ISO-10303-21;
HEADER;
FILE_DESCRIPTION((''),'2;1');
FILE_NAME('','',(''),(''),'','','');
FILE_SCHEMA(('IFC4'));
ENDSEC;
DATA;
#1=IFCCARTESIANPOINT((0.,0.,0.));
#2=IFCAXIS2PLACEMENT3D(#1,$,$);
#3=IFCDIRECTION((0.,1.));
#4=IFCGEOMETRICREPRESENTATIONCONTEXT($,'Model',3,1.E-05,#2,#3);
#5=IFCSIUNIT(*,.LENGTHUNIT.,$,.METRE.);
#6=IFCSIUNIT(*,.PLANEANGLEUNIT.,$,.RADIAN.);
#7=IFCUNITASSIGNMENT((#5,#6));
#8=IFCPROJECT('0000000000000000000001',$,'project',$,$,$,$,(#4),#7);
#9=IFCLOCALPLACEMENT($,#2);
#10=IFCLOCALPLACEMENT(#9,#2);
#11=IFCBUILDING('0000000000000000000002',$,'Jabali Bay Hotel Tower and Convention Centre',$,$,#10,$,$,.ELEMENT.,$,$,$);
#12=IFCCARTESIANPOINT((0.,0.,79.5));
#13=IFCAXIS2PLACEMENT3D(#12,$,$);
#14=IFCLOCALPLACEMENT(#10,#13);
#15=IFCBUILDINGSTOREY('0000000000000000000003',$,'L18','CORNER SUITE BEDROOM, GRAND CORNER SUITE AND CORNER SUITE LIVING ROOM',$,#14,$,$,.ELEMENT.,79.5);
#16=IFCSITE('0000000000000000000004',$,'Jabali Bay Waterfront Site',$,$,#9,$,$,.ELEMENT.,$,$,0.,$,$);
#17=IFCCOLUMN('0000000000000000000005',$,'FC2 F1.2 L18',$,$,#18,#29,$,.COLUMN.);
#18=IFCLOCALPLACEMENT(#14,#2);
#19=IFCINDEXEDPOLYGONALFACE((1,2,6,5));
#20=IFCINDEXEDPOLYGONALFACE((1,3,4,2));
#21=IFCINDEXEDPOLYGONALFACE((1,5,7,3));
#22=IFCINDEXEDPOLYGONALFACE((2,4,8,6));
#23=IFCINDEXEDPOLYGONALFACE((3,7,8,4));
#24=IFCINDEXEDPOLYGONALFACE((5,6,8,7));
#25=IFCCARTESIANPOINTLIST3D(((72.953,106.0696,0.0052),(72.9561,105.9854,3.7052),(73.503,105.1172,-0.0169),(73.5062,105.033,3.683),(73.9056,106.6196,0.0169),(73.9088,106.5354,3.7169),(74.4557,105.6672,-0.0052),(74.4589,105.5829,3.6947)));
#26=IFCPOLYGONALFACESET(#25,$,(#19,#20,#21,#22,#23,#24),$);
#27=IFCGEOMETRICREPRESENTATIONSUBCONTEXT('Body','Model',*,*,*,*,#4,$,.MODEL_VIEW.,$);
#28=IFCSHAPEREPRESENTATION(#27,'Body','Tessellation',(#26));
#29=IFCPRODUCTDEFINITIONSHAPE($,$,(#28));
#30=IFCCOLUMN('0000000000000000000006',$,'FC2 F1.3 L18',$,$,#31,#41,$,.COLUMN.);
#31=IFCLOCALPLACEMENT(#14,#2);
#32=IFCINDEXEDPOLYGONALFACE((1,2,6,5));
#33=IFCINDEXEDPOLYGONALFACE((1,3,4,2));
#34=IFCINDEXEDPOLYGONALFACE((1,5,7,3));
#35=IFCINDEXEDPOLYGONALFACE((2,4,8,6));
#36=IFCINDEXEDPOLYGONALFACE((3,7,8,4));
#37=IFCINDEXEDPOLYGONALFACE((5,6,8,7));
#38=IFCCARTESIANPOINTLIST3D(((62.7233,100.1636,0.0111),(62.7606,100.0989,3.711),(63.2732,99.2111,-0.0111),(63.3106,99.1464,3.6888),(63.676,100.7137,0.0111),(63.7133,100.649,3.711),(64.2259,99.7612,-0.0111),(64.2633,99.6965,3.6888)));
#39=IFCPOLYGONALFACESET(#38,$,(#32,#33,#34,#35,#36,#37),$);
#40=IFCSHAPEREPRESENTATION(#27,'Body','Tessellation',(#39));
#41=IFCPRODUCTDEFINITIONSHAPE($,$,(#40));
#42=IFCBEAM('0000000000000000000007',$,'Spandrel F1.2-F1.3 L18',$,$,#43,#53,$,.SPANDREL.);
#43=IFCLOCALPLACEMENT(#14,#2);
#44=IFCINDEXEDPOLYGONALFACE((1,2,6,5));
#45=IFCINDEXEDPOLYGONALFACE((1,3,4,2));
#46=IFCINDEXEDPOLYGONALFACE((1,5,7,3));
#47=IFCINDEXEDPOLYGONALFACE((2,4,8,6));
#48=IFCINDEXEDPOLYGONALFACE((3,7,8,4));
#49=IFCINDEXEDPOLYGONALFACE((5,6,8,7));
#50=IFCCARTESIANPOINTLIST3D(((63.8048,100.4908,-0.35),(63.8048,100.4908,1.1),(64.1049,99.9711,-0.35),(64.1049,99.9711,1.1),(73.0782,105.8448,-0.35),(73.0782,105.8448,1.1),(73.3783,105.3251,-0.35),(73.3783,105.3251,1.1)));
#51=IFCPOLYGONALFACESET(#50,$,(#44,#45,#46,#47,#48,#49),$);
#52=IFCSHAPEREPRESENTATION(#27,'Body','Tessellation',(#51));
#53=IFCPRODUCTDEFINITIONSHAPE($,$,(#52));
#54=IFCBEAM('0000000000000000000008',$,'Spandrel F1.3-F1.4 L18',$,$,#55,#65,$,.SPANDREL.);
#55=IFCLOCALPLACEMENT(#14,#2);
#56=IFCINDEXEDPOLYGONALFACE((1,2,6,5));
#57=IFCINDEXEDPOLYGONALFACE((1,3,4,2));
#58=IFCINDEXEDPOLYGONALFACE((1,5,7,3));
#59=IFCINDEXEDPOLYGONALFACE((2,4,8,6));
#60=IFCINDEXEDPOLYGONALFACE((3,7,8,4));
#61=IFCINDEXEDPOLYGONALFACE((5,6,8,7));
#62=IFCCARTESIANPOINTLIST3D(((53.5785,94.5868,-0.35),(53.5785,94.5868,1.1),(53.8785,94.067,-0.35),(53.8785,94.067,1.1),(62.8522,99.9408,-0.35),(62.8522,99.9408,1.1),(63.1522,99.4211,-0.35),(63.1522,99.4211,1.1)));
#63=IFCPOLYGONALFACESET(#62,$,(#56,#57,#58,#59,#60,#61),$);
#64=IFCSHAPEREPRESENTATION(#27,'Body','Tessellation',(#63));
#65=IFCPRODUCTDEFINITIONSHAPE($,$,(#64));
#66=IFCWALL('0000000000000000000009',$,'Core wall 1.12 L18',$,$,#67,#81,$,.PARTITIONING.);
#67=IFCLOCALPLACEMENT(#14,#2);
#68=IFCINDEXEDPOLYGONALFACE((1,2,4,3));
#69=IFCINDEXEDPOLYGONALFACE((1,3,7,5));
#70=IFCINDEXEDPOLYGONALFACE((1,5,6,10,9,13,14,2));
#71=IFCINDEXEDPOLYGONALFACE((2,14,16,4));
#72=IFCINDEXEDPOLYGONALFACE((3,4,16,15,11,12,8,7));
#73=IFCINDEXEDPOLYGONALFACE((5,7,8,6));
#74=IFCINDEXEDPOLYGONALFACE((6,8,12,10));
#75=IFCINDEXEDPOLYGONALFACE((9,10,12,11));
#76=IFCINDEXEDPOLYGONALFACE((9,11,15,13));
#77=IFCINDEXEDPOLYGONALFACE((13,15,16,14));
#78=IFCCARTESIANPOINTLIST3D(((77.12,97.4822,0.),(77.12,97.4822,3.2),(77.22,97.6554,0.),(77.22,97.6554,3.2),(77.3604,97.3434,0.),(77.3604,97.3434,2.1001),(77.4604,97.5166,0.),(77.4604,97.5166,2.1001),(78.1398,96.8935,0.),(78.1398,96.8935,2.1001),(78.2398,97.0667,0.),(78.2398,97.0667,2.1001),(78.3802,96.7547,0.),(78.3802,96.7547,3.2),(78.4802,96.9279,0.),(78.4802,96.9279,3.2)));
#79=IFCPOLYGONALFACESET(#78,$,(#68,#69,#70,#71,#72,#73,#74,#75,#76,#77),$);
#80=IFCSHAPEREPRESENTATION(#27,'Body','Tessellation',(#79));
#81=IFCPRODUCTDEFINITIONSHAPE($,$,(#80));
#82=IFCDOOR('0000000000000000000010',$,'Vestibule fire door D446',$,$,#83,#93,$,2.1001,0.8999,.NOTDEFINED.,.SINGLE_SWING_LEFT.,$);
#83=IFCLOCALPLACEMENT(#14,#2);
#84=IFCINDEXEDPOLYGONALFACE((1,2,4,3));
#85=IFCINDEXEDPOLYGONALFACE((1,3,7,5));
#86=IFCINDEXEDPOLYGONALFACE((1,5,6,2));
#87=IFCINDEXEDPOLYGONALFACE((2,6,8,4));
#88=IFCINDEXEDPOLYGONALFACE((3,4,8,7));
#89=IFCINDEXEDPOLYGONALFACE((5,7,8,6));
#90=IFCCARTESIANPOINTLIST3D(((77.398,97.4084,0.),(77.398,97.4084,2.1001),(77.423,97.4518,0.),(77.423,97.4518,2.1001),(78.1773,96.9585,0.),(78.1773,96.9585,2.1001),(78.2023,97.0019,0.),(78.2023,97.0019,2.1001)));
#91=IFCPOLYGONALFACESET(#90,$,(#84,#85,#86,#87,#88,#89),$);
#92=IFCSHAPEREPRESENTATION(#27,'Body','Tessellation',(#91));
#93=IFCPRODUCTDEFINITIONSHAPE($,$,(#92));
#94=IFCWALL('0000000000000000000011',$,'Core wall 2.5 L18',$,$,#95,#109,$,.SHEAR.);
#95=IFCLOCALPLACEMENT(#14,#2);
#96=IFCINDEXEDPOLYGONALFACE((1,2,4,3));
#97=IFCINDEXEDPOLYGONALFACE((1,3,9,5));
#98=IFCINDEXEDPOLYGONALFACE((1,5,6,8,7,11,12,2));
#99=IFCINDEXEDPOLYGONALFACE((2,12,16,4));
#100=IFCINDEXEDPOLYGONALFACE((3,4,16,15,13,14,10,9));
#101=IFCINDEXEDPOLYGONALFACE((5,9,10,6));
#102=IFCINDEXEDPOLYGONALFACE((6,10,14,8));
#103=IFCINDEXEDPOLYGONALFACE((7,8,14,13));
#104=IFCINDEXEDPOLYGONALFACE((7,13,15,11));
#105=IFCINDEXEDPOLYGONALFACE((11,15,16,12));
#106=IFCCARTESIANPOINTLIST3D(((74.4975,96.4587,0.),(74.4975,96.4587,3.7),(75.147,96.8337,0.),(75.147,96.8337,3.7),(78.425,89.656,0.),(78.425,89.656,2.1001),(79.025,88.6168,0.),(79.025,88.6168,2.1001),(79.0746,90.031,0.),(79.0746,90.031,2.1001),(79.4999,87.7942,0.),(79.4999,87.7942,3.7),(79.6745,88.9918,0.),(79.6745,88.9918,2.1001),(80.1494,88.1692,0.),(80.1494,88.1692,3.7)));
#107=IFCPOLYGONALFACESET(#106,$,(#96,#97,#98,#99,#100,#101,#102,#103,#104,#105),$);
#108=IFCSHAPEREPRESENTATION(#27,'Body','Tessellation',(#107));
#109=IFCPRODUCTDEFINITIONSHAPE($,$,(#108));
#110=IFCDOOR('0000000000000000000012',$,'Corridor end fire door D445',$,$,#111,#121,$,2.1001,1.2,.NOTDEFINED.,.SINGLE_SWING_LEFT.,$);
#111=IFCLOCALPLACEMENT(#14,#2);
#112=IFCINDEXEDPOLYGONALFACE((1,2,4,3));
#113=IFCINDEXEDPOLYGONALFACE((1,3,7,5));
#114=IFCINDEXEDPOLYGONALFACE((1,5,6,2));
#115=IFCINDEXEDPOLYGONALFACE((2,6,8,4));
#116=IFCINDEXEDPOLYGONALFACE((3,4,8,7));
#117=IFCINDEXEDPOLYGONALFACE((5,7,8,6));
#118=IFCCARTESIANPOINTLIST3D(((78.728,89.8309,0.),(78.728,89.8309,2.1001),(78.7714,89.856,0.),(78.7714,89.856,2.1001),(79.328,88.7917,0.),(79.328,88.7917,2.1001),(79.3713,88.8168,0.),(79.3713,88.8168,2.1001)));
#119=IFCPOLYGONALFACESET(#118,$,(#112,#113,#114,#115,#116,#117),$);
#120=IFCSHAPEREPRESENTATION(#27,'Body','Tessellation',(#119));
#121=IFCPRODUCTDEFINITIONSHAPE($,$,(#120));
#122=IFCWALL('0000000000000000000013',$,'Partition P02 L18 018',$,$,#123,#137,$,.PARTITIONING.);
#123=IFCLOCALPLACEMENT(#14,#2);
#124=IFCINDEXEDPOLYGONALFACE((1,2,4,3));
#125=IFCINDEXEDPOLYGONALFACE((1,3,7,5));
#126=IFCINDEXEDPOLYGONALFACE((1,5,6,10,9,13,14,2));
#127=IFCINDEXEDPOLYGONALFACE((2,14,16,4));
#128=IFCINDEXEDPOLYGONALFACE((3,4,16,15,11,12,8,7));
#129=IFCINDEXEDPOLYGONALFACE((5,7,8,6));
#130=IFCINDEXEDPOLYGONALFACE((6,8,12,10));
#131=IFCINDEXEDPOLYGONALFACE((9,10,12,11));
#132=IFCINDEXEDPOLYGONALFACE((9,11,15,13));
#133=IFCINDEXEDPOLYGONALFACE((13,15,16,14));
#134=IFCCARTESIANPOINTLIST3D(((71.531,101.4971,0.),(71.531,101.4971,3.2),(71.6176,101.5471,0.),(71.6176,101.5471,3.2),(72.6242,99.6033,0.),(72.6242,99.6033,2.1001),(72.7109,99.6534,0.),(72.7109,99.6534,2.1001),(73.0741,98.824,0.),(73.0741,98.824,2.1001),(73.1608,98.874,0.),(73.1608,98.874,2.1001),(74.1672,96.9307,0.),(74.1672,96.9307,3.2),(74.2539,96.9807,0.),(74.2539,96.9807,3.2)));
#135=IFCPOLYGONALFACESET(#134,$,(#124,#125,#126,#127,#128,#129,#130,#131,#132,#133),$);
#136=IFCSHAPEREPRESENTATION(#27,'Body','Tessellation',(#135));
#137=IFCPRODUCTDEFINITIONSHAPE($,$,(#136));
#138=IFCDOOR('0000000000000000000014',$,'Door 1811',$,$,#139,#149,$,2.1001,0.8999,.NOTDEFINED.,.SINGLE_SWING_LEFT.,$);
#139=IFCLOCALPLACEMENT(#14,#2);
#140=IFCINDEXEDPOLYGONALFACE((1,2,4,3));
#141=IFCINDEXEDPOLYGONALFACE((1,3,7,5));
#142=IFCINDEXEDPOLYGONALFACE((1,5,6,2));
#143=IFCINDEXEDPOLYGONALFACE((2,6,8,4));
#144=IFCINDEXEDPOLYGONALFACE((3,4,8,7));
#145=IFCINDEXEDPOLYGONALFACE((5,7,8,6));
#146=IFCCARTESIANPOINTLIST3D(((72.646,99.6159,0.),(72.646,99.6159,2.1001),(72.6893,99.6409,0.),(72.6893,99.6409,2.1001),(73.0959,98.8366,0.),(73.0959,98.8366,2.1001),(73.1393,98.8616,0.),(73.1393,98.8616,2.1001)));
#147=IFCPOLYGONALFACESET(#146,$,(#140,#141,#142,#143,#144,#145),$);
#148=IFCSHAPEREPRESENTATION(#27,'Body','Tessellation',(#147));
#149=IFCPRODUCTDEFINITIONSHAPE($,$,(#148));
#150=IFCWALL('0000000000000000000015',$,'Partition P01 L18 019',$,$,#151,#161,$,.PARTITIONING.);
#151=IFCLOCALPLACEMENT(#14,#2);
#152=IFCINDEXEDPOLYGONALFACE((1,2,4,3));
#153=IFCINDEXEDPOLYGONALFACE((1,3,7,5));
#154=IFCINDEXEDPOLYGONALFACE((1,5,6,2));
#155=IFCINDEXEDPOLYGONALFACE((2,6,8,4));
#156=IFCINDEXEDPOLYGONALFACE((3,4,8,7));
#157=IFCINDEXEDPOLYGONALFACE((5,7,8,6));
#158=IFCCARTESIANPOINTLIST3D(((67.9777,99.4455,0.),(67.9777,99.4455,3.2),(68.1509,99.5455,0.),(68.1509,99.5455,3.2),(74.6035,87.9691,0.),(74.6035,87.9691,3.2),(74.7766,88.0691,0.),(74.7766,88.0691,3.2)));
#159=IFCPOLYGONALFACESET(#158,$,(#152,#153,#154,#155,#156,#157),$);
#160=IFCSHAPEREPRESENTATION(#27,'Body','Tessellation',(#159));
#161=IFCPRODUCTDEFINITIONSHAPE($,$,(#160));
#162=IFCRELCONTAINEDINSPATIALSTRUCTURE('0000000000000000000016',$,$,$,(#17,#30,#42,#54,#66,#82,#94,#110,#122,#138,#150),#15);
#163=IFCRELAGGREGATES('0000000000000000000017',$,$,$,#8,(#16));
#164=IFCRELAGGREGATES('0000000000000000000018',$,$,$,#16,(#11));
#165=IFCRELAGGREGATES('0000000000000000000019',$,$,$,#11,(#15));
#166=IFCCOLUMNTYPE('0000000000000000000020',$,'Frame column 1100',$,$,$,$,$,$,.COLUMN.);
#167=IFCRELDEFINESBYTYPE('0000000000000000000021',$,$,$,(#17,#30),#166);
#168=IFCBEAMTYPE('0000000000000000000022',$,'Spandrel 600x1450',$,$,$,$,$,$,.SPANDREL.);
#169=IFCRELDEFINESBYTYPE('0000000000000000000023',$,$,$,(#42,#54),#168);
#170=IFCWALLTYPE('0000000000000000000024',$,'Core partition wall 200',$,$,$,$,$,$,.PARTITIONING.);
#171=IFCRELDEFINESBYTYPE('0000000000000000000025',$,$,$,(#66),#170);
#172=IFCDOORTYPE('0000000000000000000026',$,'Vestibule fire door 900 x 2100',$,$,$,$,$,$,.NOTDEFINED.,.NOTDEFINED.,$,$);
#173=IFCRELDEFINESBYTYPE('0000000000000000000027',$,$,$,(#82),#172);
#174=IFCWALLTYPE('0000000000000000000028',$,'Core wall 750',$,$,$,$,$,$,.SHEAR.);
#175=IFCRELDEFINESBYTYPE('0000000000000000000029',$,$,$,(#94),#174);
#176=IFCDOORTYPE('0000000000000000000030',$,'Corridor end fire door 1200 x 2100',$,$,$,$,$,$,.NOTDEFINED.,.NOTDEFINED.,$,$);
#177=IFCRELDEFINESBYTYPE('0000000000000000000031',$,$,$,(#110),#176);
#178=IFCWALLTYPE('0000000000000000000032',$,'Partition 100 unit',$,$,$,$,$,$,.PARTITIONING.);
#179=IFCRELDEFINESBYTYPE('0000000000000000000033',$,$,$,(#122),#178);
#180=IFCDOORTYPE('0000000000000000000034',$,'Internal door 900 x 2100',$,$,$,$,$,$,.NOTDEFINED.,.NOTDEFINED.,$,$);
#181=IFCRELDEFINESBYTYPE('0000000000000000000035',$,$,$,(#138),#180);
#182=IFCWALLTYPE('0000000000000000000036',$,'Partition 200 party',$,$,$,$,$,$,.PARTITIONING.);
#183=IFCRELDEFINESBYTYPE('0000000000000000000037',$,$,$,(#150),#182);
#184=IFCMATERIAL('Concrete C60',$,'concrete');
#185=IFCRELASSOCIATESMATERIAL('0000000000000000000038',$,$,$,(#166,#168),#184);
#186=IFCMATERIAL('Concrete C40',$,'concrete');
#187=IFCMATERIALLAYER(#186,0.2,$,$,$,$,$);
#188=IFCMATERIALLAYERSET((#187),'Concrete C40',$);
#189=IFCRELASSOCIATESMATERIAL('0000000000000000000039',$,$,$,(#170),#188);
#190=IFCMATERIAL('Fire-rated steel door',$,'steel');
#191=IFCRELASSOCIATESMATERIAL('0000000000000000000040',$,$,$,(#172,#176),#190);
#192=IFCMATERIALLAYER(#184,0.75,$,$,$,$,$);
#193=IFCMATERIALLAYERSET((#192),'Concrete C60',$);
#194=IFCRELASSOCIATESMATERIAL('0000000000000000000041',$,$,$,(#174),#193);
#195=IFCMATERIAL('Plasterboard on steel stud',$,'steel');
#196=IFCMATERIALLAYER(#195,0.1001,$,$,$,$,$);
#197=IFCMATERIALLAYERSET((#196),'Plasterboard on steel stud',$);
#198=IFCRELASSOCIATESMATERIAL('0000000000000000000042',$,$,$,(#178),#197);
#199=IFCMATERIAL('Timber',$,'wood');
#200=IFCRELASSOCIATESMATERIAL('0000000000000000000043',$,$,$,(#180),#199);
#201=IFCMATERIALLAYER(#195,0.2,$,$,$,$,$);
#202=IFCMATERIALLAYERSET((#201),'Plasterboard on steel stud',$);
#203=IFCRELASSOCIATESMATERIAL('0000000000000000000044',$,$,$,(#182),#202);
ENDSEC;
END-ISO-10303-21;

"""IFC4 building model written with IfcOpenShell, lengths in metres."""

from ifc_helpers import new_model, si_unit, direction, frame, frame_2d, origin, origin_2d, place, context, subcontext, project, spatial, rectangle, extrude, material, layer, layer_set, material_profile, profile_set, type_object, element, fill, save


model = new_model("IFC4")

# Units and contexts
model_context = context("Model", 3, precision=1e-05, world=origin(), true_north=direction((0.0, 1.0)))
body_context = subcontext(model_context, "Body", "Model", "MODEL_VIEW")
ifc_project = project(units=[si_unit("LENGTHUNIT", "METRE"), si_unit("PLANEANGLEUNIT", "RADIAN")], contexts=[model_context])

# Site, building, storey
site_placement = place(None, origin())
site = spatial("IfcSite", under=ifc_project, at=site_placement, Name="Jabali Bay Waterfront Site", CompositionType="ELEMENT", RefElevation=0.0)
building_placement = place(site_placement, origin())
building = spatial("IfcBuilding", under=site, at=building_placement, Name="Jabali Bay Hotel Tower and Convention Centre", CompositionType="ELEMENT")
storey_placement = place(building_placement, frame((0.0, 0.0, 79.5)))
storey = spatial("IfcBuildingStorey", under=building, at=storey_placement, Name="L18", Description="CORNER SUITE BEDROOM, GRAND CORNER SUITE AND CORNER SUITE LIVING ROOM", CompositionType="ELEMENT", Elevation=79.5)

# Columns
ifc_material_1 = material(Name="Concrete C60", Category="concrete")
ifc_material_profile_1 = material_profile(ifc_material_1, rectangle(XDim=1.1001, YDim=1.1001, at=origin_2d()), Name="Frame column 1100")
ifc_profile_set_1 = profile_set([ifc_material_profile_1], Name="Concrete C60")
column_type = type_object("IfcColumnType", Name="Frame column 1100", PredefinedType="COLUMN", material=ifc_profile_set_1)
column_1_placement = place(storey_placement, frame((73.7043, 105.8684, 0.0), z_axis=(0.000858, -0.022759, 0.999741), x_axis=(0.866006, 0.49992, 0.010638)))
element("IfcColumn", 1, at=column_1_placement, inside=storey, type_object=column_type, Name="FC2 F1.2 L18", PredefinedType="COLUMN", context=body_context, shape_type="SweptSolid", body=[
    extrude(rectangle(XDim=1.1001, YDim=1.1001, at=origin_2d()), origin(), (0.0, 0.0, 1.0), 3.7009),
])
column_2_placement = place(storey_placement, frame((63.4746, 99.9624, 0.0), z_axis=(0.010094, -0.017482, 0.999796), x_axis=(0.86602, 0.500009, 0.0)))
element("IfcColumn", 2, at=column_2_placement, inside=storey, type_object=column_type, Name="FC2 F1.3 L18", PredefinedType="COLUMN", context=body_context, shape_type="SweptSolid", body=[
    extrude(rectangle(XDim=1.1001, YDim=1.1001, at=origin_2d()), origin(), (0.0, 0.0, 1.0), 3.7007),
])

# Beams
ifc_material_profile_2 = material_profile(ifc_material_1, rectangle(XDim=0.6001, YDim=1.45, at=origin_2d()), Name="Spandrel 600x1450")
ifc_profile_set_2 = profile_set([ifc_material_profile_2], Name="Concrete C60")
beam_type = type_object("IfcBeamType", Name="Spandrel 600x1450", PredefinedType="SPANDREL", material=ifc_profile_set_2)
beam_1_placement = place(storey_placement, frame((73.2283, 105.585, 0.375), z_axis=(-0.866026, -0.499999, 0.0), x_axis=(0.499999, -0.866026, 0.0)))
element("IfcBeam", 3, at=beam_1_placement, inside=storey, type_object=beam_type, Name="Spandrel F1.2-F1.3 L18", PredefinedType="SPANDREL", context=body_context, shape_type="SweptSolid", body=[
    extrude(rectangle(XDim=0.6001, YDim=1.45, at=origin_2d()), origin(), (0.0, 0.0, 1.0), 10.708),
])
beam_2_placement = place(storey_placement, frame((63.0022, 99.6809, 0.375), z_axis=(-0.866032, -0.499989, 0.0), x_axis=(0.499989, -0.866032, 0.0)))
element("IfcBeam", 4, at=beam_2_placement, inside=storey, type_object=beam_type, Name="Spandrel F1.3-F1.4 L18", PredefinedType="SPANDREL", context=body_context, shape_type="SweptSolid", body=[
    extrude(rectangle(XDim=0.6001, YDim=1.45, at=origin_2d()), origin(), (0.0, 0.0, 1.0), 10.7083),
])

# Walls, openings, doors
ifc_material_2 = material(Name="Concrete C40", Category="concrete")
ifc_layer_1 = layer(ifc_material_2, 0.2)
ifc_layer_set_1 = layer_set([ifc_layer_1], Name="Concrete C40")
wall_type_1 = type_object("IfcWallType", Name="Core partition wall 200", PredefinedType="PARTITIONING", material=ifc_layer_set_1)
wall_1_placement = place(storey_placement, frame((78.4302, 96.8413, 0.0), z_axis=(0.0, 0.0, 1.0), x_axis=(-0.866046, 0.499965, 0.0)))
wall_1 = element("IfcWall", 5, at=wall_1_placement, inside=storey, type_object=wall_type_1, Name="Core wall 1.12 L18", PredefinedType="PARTITIONING", context=body_context, shape_type="SweptSolid", body=[
    extrude(rectangle(XDim=1.4551, YDim=0.2, at=frame_2d((0.7275, 0.0))), origin(), (0.0, 0.0, 1.0), 3.2),
])
opening_1_placement = place(wall_1_placement, frame((0.2776, 0.0, 0.0)))
opening_1 = element("IfcOpeningElement", 6, at=opening_1_placement, cuts=wall_1, PredefinedType="OPENING", context=body_context, shape_type="SweptSolid", body=[
    extrude(rectangle(XDim=0.8999, YDim=2.1001, at=frame_2d((0.45, 1.05))), frame((0.0, 0.1104, 0.0), z_axis=(0.0, -1.0, 0.0), x_axis=(1.0, 0.0, 0.0)), (0.0, 0.0, 1.0), 0.2209),
])
ifc_material_3 = material(Name="Fire-rated steel door", Category="steel")
door_type_1 = type_object("IfcDoorType", Name="Vestibule fire door 900 x 2100", OperationType="NOTDEFINED", PredefinedType="NOTDEFINED", material=ifc_material_3)
door_1_placement = place(opening_1_placement, origin())
door_1 = element("IfcDoor", 7, at=door_1_placement, inside=storey, type_object=door_type_1, Name="Vestibule fire door D446", OperationType="SINGLE_SWING_LEFT", OverallHeight=2.1001, OverallWidth=0.8999, PredefinedType="NOTDEFINED", context=body_context, shape_type="SweptSolid", body=[
    extrude(rectangle(XDim=0.8999, YDim=2.1001, at=frame_2d((0.45, 1.05))), frame((0.0, 0.0249, 0.0), z_axis=(0.0, -1.0, 0.0), x_axis=(1.0, 0.0, 0.0)), (0.0, 0.0, 1.0), 0.05),
])
fill(opening_1, door_1)
ifc_layer_2 = layer(ifc_material_1, 0.75)
ifc_layer_set_2 = layer_set([ifc_layer_2], Name="Concrete C60")
wall_type_2 = type_object("IfcWallType", Name="Core wall 750", PredefinedType="SHEAR", material=ifc_layer_set_2)
wall_2_placement = place(storey_placement, frame((74.8223, 96.6462, 0.0), z_axis=(0.0, 0.0, 1.0), x_axis=(0.499997, -0.866027, 0.0)))
wall_2 = element("IfcWall", 8, at=wall_2_placement, inside=storey, type_object=wall_type_2, Name="Core wall 2.5 L18", PredefinedType="SHEAR", context=body_context, shape_type="SweptSolid", body=[
    extrude(rectangle(XDim=10.0049, YDim=0.75, at=frame_2d((5.0024, 0.0))), origin(), (0.0, 0.0, 1.0), 3.7),
])
opening_2_placement = place(wall_2_placement, frame((7.855, 0.0, 0.0)))
opening_2 = element("IfcOpeningElement", 9, at=opening_2_placement, cuts=wall_2, PredefinedType="OPENING", context=body_context, shape_type="SweptSolid", body=[
    extrude(rectangle(XDim=1.2, YDim=2.1001, at=frame_2d((0.6001, 1.05))), frame((0.0, 0.3855, 0.0), z_axis=(0.0, -1.0, 0.0), x_axis=(1.0, 0.0, 0.0)), (0.0, 0.0, 1.0), 0.771),
])
door_type_2 = type_object("IfcDoorType", Name="Corridor end fire door 1200 x 2100", OperationType="NOTDEFINED", PredefinedType="NOTDEFINED", material=ifc_material_3)
door_2_placement = place(opening_2_placement, origin())
door_2 = element("IfcDoor", 10, at=door_2_placement, inside=storey, type_object=door_type_2, Name="Corridor end fire door D445", OperationType="SINGLE_SWING_LEFT", OverallHeight=2.1001, OverallWidth=1.2, PredefinedType="NOTDEFINED", context=body_context, shape_type="SweptSolid", body=[
    extrude(rectangle(XDim=1.2, YDim=2.1001, at=frame_2d((0.6001, 1.05))), frame((0.0, 0.0249, 0.0), z_axis=(0.0, -1.0, 0.0), x_axis=(1.0, 0.0, 0.0)), (0.0, 0.0, 1.0), 0.05),
])
fill(opening_2, door_2)
ifc_material_4 = material(Name="Plasterboard on steel stud", Category="steel")
ifc_layer_3 = layer(ifc_material_4, 0.1001)
ifc_layer_set_3 = layer_set([ifc_layer_3], Name="Plasterboard on steel stud")
wall_type_3 = type_object("IfcWallType", Name="Partition 100 unit", PredefinedType="PARTITIONING", material=ifc_layer_set_3)
wall_3_placement = place(storey_placement, frame((74.2104, 96.9558, 0.0), z_axis=(0.0, 0.0, 1.0), x_axis=(-0.499974, 0.866041, 0.0)))
wall_3 = element("IfcWall", 11, at=wall_3_placement, inside=storey, type_object=wall_type_3, Name="Partition P02 L18 018", PredefinedType="PARTITIONING", context=body_context, shape_type="SweptSolid", body=[
    extrude(rectangle(XDim=5.2727, YDim=0.1001, at=frame_2d((2.6362, 0.0))), origin(), (0.0, 0.0, 1.0), 3.2),
])
opening_3_placement = place(wall_3_placement, frame((2.186, 0.0, 0.0)))
opening_3 = element("IfcOpeningElement", 12, at=opening_3_placement, cuts=wall_3, PredefinedType="OPENING", context=body_context, shape_type="SweptSolid", body=[
    extrude(rectangle(XDim=0.8999, YDim=2.1001, at=frame_2d((0.45, 1.05))), frame((0.0, 0.0605, 0.0), z_axis=(0.0, -1.0, 0.0), x_axis=(1.0, 0.0, 0.0)), (0.0, 0.0, 1.0), 0.1211),
])
ifc_material_5 = material(Name="Timber", Category="wood")
door_type_3 = type_object("IfcDoorType", Name="Internal door 900 x 2100", OperationType="NOTDEFINED", PredefinedType="NOTDEFINED", material=ifc_material_5)
door_3_placement = place(opening_3_placement, origin())
door_3 = element("IfcDoor", 13, at=door_3_placement, inside=storey, type_object=door_type_3, Name="Door 1811", OperationType="SINGLE_SWING_LEFT", OverallHeight=2.1001, OverallWidth=0.8999, PredefinedType="NOTDEFINED", context=body_context, shape_type="SweptSolid", body=[
    extrude(rectangle(XDim=0.8999, YDim=2.1001, at=frame_2d((0.45, 1.05))), frame((0.0, 0.0249, 0.0), z_axis=(0.0, -1.0, 0.0), x_axis=(1.0, 0.0, 0.0)), (0.0, 0.0, 1.0), 0.05),
])
fill(opening_3, door_3)

# Wall
ifc_layer_4 = layer(ifc_material_4, 0.2)
ifc_layer_set_4 = layer_set([ifc_layer_4], Name="Plasterboard on steel stud")
wall_type_4 = type_object("IfcWallType", Name="Partition 200 party", PredefinedType="PARTITIONING", material=ifc_layer_set_4)
wall_4_placement = place(storey_placement, frame((68.0642, 99.4956, 0.0), z_axis=(0.0, 0.0, 1.0), x_axis=(0.499993, -0.866029, 0.0)))
element("IfcWall", 14, at=wall_4_placement, inside=storey, type_object=wall_type_4, Name="Partition P01 L18 019", PredefinedType="PARTITIONING", context=body_context, shape_type="SweptSolid", body=[
    extrude(rectangle(XDim=13.2517, YDim=0.2, at=frame_2d((6.626, 0.0))), origin(), (0.0, 0.0, 1.0), 3.2),
])

save(model, "model.ifc")
